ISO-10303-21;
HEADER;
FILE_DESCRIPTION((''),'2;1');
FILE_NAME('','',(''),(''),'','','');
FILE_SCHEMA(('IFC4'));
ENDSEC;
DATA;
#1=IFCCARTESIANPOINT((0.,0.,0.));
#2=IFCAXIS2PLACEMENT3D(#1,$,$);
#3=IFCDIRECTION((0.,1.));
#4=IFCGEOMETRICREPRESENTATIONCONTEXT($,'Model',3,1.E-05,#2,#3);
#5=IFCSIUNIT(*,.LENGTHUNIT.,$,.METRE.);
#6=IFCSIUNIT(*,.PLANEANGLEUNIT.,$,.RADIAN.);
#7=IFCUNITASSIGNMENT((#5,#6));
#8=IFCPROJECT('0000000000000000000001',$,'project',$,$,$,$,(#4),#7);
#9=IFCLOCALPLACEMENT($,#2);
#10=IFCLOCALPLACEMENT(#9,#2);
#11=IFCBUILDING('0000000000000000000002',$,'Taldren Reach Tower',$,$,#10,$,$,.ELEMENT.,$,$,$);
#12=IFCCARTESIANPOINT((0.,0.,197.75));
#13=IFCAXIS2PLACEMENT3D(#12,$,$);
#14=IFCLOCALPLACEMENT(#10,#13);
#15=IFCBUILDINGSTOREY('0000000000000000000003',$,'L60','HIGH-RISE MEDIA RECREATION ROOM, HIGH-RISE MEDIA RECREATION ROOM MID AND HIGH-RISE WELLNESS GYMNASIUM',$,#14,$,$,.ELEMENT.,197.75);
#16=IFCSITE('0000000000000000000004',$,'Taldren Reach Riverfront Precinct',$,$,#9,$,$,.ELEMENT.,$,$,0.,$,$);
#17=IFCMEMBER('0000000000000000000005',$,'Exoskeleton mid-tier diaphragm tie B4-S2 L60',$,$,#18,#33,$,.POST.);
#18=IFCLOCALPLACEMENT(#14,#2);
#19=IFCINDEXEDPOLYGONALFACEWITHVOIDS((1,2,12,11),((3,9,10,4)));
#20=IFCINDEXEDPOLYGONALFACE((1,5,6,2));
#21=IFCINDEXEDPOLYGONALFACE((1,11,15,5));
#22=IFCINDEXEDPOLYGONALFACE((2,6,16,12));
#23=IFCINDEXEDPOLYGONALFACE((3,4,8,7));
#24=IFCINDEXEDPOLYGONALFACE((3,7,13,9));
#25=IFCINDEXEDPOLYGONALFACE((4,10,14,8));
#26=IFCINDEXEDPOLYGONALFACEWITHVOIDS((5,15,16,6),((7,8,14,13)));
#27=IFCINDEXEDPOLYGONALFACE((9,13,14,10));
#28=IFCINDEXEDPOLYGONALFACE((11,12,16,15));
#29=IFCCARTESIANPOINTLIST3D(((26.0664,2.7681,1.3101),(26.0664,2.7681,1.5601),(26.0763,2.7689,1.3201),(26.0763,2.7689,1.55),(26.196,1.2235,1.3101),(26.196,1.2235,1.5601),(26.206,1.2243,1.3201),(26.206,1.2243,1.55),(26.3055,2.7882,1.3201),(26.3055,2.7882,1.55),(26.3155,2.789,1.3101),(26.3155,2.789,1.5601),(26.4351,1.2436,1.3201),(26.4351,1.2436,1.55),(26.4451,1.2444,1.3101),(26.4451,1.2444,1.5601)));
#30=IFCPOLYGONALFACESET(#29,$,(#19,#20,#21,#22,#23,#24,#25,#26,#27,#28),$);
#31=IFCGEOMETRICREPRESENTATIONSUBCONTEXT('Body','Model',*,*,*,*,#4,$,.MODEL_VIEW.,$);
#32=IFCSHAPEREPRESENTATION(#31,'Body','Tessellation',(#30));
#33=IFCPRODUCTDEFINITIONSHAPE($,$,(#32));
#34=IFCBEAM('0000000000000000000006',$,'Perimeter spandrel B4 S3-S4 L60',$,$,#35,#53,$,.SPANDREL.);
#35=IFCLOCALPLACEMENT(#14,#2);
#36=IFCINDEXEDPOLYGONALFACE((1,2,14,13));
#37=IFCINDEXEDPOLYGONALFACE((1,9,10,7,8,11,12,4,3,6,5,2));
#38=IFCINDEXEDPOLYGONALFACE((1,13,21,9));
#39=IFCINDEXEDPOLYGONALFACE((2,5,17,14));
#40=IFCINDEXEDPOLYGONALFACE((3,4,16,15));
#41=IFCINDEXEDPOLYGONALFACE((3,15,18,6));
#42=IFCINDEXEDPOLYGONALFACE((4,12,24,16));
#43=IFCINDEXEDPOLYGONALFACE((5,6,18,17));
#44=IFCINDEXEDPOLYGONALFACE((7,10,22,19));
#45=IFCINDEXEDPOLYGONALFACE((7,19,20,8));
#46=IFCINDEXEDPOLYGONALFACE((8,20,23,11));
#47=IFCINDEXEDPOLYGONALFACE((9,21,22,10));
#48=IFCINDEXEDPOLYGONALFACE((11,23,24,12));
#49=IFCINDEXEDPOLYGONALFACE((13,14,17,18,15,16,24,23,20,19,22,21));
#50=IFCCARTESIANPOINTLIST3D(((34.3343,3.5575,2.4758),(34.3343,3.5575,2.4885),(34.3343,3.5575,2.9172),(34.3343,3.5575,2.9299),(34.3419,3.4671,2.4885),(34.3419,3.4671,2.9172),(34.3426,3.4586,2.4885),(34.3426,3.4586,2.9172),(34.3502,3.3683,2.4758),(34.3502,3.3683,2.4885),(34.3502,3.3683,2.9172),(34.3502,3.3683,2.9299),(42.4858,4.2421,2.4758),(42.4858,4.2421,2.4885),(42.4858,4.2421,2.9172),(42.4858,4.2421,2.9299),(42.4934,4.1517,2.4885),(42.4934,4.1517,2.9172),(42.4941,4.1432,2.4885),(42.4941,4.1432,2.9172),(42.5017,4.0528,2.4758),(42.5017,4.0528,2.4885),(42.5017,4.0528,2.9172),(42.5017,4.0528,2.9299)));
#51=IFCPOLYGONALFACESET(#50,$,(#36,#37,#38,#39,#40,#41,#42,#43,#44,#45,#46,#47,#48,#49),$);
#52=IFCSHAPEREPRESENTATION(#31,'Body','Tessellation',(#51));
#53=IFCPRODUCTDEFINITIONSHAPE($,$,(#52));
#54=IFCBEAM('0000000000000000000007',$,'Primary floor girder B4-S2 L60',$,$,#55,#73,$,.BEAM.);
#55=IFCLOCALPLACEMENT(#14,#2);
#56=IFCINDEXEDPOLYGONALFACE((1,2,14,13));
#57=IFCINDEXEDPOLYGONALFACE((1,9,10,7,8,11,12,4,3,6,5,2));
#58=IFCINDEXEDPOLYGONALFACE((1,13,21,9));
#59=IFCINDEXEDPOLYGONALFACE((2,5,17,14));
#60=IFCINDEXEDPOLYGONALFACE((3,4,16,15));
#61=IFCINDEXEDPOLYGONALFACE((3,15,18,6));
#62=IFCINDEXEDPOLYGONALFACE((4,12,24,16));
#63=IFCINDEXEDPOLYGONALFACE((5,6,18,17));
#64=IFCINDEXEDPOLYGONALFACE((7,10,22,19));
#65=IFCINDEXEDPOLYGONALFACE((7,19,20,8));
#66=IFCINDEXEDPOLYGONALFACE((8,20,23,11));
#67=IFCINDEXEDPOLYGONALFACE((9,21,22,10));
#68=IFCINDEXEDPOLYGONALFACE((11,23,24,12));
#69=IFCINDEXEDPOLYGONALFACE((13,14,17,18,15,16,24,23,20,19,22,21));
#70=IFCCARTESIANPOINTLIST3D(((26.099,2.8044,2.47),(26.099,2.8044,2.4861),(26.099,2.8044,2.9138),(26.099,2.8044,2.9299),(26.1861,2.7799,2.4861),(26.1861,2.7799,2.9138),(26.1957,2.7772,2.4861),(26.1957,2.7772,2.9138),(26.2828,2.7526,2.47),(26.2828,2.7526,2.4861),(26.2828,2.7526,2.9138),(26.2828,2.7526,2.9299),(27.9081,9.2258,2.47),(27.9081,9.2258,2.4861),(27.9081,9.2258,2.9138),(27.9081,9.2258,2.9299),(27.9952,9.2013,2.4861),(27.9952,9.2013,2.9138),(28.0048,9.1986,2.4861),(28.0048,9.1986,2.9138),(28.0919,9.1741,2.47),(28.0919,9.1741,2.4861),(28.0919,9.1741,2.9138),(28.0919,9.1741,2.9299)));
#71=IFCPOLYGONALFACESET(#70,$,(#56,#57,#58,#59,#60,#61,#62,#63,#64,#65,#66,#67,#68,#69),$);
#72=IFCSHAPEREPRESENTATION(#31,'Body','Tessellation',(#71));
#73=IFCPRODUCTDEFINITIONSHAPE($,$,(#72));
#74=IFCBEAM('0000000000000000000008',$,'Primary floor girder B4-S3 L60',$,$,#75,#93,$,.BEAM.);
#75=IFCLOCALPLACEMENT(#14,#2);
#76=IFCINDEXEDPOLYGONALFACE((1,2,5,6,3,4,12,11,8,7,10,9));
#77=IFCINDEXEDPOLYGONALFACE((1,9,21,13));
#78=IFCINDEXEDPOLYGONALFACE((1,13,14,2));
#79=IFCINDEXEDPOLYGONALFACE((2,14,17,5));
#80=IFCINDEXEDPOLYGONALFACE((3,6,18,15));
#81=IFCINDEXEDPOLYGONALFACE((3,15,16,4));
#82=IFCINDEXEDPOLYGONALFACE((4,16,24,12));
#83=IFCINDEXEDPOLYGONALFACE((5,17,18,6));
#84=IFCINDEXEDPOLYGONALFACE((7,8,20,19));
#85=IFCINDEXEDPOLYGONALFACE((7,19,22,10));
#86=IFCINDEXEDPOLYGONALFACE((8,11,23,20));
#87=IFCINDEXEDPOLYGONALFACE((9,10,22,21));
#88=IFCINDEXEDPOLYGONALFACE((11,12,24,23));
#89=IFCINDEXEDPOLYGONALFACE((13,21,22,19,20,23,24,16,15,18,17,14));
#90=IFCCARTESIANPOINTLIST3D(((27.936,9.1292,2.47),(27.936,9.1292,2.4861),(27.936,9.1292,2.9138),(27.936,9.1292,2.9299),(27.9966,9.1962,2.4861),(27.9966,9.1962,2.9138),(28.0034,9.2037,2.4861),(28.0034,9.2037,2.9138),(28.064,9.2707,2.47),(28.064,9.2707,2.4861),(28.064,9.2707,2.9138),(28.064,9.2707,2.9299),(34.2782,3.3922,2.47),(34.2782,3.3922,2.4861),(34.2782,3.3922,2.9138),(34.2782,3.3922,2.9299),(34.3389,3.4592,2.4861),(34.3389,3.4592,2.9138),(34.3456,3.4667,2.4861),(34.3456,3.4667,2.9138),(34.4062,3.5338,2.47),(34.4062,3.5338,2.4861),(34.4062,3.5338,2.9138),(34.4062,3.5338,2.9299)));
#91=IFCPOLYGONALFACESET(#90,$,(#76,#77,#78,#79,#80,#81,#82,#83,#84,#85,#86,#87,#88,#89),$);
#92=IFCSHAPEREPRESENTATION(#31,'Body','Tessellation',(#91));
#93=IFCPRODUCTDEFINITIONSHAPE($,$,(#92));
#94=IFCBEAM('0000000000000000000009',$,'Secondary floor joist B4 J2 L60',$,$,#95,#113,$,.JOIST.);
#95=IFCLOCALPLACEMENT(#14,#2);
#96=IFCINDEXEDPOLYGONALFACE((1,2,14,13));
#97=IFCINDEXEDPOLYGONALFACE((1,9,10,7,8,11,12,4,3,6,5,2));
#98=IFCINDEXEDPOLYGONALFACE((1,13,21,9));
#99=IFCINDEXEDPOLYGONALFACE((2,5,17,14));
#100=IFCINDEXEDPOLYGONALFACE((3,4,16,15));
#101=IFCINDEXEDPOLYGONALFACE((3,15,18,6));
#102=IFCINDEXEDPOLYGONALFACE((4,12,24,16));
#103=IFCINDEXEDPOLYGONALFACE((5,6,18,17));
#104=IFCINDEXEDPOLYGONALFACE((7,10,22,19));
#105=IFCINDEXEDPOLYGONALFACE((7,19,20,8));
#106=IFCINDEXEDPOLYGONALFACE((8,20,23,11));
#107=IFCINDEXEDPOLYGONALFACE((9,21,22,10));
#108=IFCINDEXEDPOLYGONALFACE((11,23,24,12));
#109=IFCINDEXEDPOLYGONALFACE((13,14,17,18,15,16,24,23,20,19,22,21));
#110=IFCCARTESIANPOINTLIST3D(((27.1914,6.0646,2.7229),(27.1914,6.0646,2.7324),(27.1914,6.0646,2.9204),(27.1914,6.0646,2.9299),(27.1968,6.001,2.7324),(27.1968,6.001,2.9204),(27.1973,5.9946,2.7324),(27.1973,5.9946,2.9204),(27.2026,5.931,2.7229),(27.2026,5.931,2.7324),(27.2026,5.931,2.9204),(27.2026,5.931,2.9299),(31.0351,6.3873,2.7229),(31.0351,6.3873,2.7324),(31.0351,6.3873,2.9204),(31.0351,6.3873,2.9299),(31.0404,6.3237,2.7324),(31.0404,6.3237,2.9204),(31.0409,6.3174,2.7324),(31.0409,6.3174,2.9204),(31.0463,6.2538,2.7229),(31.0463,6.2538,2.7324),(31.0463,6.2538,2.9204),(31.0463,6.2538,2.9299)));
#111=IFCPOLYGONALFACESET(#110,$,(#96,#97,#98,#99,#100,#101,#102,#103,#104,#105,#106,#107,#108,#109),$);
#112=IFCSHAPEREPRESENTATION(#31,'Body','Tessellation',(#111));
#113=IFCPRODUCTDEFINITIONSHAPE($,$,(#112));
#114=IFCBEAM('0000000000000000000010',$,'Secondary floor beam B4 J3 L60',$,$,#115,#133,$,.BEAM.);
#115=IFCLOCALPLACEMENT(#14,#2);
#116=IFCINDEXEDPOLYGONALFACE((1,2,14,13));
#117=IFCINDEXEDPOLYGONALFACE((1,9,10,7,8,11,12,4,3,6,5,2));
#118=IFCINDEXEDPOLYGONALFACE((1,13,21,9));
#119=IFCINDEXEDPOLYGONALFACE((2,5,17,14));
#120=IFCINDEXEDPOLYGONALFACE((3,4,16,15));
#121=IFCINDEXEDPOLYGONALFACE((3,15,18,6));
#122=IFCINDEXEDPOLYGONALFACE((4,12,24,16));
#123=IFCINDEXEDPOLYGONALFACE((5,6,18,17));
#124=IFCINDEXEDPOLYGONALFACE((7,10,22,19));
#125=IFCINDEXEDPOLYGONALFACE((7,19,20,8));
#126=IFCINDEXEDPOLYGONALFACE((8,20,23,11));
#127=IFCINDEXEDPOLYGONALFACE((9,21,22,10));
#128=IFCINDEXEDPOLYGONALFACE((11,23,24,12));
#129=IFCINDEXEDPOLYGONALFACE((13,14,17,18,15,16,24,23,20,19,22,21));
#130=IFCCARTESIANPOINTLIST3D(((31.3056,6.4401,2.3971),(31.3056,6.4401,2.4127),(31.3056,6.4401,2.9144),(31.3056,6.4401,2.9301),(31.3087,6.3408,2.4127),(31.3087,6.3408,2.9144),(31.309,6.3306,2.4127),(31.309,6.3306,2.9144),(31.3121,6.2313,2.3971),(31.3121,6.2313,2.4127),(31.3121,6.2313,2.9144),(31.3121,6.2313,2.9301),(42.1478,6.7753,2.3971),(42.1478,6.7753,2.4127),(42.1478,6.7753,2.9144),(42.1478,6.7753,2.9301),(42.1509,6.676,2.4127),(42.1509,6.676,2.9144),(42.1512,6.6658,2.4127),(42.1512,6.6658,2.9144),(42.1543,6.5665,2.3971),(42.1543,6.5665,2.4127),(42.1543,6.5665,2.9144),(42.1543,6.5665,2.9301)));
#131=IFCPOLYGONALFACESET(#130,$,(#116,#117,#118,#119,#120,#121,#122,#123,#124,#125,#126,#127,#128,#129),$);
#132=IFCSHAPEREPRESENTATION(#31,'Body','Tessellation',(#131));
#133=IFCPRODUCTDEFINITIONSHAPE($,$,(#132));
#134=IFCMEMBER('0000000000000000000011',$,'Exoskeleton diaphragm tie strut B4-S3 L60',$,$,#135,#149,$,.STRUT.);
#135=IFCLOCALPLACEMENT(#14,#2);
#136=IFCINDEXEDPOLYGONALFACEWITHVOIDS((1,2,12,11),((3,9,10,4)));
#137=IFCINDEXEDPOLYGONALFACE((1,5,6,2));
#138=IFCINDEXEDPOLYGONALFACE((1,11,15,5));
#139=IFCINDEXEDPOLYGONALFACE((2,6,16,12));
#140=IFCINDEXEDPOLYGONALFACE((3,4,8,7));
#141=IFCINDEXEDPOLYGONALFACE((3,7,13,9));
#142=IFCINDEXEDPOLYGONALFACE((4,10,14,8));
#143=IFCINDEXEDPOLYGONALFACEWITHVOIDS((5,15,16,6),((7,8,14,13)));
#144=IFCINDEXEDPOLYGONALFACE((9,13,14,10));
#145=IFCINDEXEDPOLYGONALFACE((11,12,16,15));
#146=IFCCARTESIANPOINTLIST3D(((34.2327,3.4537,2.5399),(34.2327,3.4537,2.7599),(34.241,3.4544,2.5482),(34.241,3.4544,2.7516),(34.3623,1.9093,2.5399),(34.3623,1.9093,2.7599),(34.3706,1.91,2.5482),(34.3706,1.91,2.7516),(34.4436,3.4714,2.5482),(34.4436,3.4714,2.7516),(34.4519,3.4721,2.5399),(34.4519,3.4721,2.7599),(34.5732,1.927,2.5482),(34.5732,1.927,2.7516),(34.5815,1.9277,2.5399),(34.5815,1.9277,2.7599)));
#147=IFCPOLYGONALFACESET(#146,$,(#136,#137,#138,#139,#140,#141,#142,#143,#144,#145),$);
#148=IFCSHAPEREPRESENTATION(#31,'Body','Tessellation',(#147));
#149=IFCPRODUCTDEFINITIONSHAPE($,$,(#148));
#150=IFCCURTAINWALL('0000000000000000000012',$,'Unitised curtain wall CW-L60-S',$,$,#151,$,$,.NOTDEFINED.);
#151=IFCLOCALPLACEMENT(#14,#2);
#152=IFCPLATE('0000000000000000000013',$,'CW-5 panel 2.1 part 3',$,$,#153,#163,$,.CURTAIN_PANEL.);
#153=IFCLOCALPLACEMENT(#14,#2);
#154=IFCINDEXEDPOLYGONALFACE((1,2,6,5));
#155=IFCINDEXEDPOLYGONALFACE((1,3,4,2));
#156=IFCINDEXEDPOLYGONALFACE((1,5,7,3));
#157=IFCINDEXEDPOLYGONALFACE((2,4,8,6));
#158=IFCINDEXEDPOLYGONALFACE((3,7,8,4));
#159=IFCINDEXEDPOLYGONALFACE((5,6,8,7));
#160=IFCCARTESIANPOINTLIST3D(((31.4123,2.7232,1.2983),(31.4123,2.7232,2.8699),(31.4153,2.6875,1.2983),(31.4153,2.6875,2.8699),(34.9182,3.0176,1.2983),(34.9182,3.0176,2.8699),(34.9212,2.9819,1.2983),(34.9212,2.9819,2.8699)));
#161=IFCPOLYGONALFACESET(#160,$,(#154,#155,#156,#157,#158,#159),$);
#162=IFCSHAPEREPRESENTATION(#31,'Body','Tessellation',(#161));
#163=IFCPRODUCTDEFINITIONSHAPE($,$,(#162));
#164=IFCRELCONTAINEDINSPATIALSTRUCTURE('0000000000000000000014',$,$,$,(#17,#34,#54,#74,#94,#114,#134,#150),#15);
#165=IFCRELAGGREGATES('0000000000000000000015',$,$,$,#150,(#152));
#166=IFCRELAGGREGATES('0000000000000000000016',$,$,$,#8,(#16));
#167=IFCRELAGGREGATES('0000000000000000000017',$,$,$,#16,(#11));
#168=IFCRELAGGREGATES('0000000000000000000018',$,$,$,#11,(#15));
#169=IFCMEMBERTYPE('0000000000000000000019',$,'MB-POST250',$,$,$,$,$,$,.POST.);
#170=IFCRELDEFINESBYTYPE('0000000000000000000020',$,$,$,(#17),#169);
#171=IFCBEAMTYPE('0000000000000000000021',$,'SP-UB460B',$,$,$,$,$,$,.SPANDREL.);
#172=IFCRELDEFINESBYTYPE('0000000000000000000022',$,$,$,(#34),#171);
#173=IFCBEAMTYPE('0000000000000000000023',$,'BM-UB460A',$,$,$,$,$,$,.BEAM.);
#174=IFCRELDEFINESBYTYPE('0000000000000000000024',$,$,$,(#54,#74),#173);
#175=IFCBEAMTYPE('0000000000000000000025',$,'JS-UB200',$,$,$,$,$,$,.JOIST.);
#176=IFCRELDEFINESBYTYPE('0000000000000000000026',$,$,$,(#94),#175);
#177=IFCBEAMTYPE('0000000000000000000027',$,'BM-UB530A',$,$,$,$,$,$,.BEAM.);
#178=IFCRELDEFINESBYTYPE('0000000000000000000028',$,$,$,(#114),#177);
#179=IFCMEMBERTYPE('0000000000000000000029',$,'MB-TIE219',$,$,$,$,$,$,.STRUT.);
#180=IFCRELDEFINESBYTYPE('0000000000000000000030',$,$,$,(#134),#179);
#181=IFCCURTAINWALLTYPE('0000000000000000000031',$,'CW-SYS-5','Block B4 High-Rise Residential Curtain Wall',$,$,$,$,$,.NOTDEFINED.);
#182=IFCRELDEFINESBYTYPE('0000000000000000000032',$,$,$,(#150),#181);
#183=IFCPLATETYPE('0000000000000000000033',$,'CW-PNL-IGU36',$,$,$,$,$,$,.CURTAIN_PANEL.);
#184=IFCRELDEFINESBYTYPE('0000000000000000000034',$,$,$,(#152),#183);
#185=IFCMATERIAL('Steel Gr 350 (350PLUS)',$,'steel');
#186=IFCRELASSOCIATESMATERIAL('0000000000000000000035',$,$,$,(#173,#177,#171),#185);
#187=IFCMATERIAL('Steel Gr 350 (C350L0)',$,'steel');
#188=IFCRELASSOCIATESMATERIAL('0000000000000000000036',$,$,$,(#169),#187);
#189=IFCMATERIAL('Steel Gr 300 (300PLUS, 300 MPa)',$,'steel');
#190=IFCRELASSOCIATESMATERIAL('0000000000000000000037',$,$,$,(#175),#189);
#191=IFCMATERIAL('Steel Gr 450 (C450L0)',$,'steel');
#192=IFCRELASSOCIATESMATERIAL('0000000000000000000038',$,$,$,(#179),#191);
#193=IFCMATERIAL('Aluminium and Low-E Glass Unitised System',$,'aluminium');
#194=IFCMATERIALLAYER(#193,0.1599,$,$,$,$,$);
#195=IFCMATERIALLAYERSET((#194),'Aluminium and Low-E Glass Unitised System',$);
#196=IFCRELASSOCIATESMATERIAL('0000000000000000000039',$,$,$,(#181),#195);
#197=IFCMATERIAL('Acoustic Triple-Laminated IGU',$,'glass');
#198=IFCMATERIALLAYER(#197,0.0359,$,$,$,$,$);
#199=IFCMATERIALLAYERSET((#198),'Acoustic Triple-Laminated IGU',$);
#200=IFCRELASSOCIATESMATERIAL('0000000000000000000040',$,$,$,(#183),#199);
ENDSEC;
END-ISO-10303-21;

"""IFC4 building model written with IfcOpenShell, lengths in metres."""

from ifc_helpers import new_model, si_unit, direction, frame, origin, origin_2d, place, context, subcontext, project, spatial, rectangle, hollow_rectangle, i_section, extrude, source, transform, mapped, material, layer, layer_set, material_profile, profile_set, type_object, element, aggregate, save


model = new_model("IFC4")

# Units and contexts
model_context = context("Model", 3, precision=1e-05, world=origin(), true_north=direction((0.0, 1.0)))
body_context = subcontext(model_context, "Body", "Model", "MODEL_VIEW")
ifc_project = project(units=[si_unit("LENGTHUNIT", "METRE"), si_unit("PLANEANGLEUNIT", "RADIAN")], contexts=[model_context])

# Site, building, storey
site_placement = place(None, origin())
site = spatial("IfcSite", under=ifc_project, at=site_placement, Name="Taldren Reach Riverfront Precinct", CompositionType="ELEMENT", RefElevation=0.0)
building_placement = place(site_placement, origin())
building = spatial("IfcBuilding", under=site, at=building_placement, Name="Taldren Reach Tower", CompositionType="ELEMENT")
storey_placement = place(building_placement, frame((0.0, 0.0, 197.75)))
storey = spatial("IfcBuildingStorey", under=building, at=storey_placement, Name="L60", Description="HIGH-RISE MEDIA RECREATION ROOM, HIGH-RISE MEDIA RECREATION ROOM MID AND HIGH-RISE WELLNESS GYMNASIUM", CompositionType="ELEMENT", Elevation=197.75)

# Shared definitions
ifc_material_1 = material(Name="Steel Gr 350 (350PLUS)", Category="steel")
ifc_material_2 = material(Name="Steel Gr 450 (C450L0)", Category="steel")

# Shared definitions
ifc_material_profile_1 = material_profile(ifc_material_1, i_section(OverallWidth=0.1909, OverallDepth=0.46, WebThickness=0.01, FlangeThickness=0.0161, at=origin_2d()), Name="460UB82.1")
ifc_profile_set_1 = profile_set([ifc_material_profile_1], Name="Steel Gr 350 (350PLUS)")
beam_type_1 = type_object("IfcBeamType", Name="BM-UB460A", PredefinedType="BEAM", material=ifc_profile_set_1)
ifc_material_profile_2 = material_profile(ifc_material_1, i_section(OverallWidth=0.209, OverallDepth=0.533, WebThickness=0.0103, FlangeThickness=0.0156, at=origin_2d()), Name="530UB92.4")
ifc_profile_set_2 = profile_set([ifc_material_profile_2], Name="Steel Gr 350 (350PLUS)")
beam_type_2 = type_object("IfcBeamType", Name="BM-UB530A", PredefinedType="BEAM", material=ifc_profile_set_2)

# Member
ifc_material_3 = material(Name="Steel Gr 350 (C350L0)", Category="steel")
ifc_material_profile_3 = material_profile(ifc_material_3, hollow_rectangle(XDim=0.25, YDim=0.25, WallThickness=0.01, at=origin_2d()), Name="250x250x10.0SHS")
ifc_profile_set_3 = profile_set([ifc_material_profile_3], Name="Steel Gr 350 (C350L0)")
member_type_1 = type_object("IfcMemberType", Name="MB-POST250", PredefinedType="POST", material=ifc_profile_set_3)
shared_shape_1 = source(origin(), body_context, "Body", "SweptSolid", [
    extrude(hollow_rectangle(XDim=0.25, YDim=0.25, WallThickness=0.01, at=origin_2d()), origin(), (0.0, 0.0, 1.0), 1.55),
])
member_1_placement = place(storey_placement, frame((26.1909, 2.7786, 1.4351), z_axis=(0.083632, -0.996497, 0.0), x_axis=(0.996497, 0.083632, 0.0)))
element("IfcMember", 1, at=member_1_placement, inside=storey, type_object=member_type_1, Name="Exoskeleton mid-tier diaphragm tie B4-S2 L60", PredefinedType="POST", context=body_context, shape_type="MappedRepresentation", body=[
    mapped(shared_shape_1, transform((0.0, 0.0, 0.0), scale=1.0)),
])

# Beams
ifc_material_profile_4 = material_profile(ifc_material_1, i_section(OverallWidth=0.1899, OverallDepth=0.4541, WebThickness=0.0085, FlangeThickness=0.0127, at=origin_2d()), Name="460UB67.1")
ifc_profile_set_4 = profile_set([ifc_material_profile_4], Name="Steel Gr 350 (350PLUS)")
beam_type_3 = type_object("IfcBeamType", Name="SP-UB460B", PredefinedType="SPANDREL", material=ifc_profile_set_4)
shared_shape_2 = source(origin(), body_context, "Body", "SweptSolid", [
    extrude(i_section(OverallWidth=0.1899, OverallDepth=0.4541, WebThickness=0.0085, FlangeThickness=0.0127, at=origin_2d()), origin(), (0.0, 0.0, 1.0), 8.1802),
])
beam_1_placement = place(storey_placement, frame((34.3423, 3.4629, 2.7029), z_axis=(0.996492, 0.083688, 0.0), x_axis=(-0.083688, 0.996492, 0.0)))
element("IfcBeam", 2, at=beam_1_placement, inside=storey, type_object=beam_type_3, Name="Perimeter spandrel B4 S3-S4 L60", PredefinedType="SPANDREL", context=body_context, shape_type="MappedRepresentation", body=[
    mapped(shared_shape_2, transform((0.0, 0.0, 0.0), scale=1.0)),
])
shared_shape_3 = source(origin(), body_context, "Body", "SweptSolid", [
    extrude(i_section(OverallWidth=0.1909, OverallDepth=0.46, WebThickness=0.01, FlangeThickness=0.0161, at=origin_2d()), origin(), (0.0, 0.0, 1.0), 6.6714),
])
beam_2_placement = place(storey_placement, frame((28.0, 9.2, 2.7), z_axis=(-0.271172, -0.962531, 0.0), x_axis=(0.962531, -0.271172, 0.0)))
element("IfcBeam", 3, at=beam_2_placement, inside=storey, type_object=beam_type_1, Name="Primary floor girder B4-S2 L60", PredefinedType="BEAM", context=body_context, shape_type="MappedRepresentation", body=[
    mapped(shared_shape_3, transform((0.0, 0.0, 0.0), scale=1.0)),
])
shared_shape_4 = source(origin(), body_context, "Body", "SweptSolid", [
    extrude(i_section(OverallWidth=0.1909, OverallDepth=0.46, WebThickness=0.01, FlangeThickness=0.0161, at=origin_2d()), origin(), (0.0, 0.0, 1.0), 8.552),
])
beam_3_placement = place(storey_placement, frame((28.0, 9.2, 2.7), z_axis=(0.741605, -0.670836, 0.0), x_axis=(0.670836, 0.741605, 0.0)))
element("IfcBeam", 4, at=beam_3_placement, inside=storey, type_object=beam_type_1, Name="Primary floor girder B4-S3 L60", PredefinedType="BEAM", context=body_context, shape_type="MappedRepresentation", body=[
    mapped(shared_shape_4, transform((0.0, 0.0, 0.0), scale=1.0)),
])
ifc_material_4 = material(Name="Steel Gr 300 (300PLUS, 300 MPa)", Category="steel")
ifc_material_profile_5 = material_profile(ifc_material_4, i_section(OverallWidth=0.134, OverallDepth=0.207, WebThickness=0.0063, FlangeThickness=0.0095, at=origin_2d()), Name="200UB29.8")
ifc_profile_set_5 = profile_set([ifc_material_profile_5], Name="Steel Gr 300 (300PLUS, 300 MPa)")
beam_type_4 = type_object("IfcBeamType", Name="JS-UB200", PredefinedType="JOIST", material=ifc_profile_set_5)
shared_shape_5 = source(origin(), body_context, "Body", "SweptSolid", [
    extrude(i_section(OverallWidth=0.134, OverallDepth=0.207, WebThickness=0.0063, FlangeThickness=0.0095, at=origin_2d()), origin(), (0.0, 0.0, 1.0), 3.8572),
])
beam_4_placement = place(storey_placement, frame((27.197, 5.9978, 2.8264), z_axis=(0.996493, 0.083674, 0.0), x_axis=(-0.083674, 0.996493, 0.0)))
element("IfcBeam", 5, at=beam_4_placement, inside=storey, type_object=beam_type_4, Name="Secondary floor joist B4 J2 L60", PredefinedType="JOIST", context=body_context, shape_type="MappedRepresentation", body=[
    mapped(shared_shape_5, transform((0.0, 0.0, 0.0), scale=1.0)),
])
shared_shape_6 = source(origin(), body_context, "Body", "SweptSolid", [
    extrude(i_section(OverallWidth=0.209, OverallDepth=0.533, WebThickness=0.0103, FlangeThickness=0.0156, at=origin_2d()), origin(), (0.0, 0.0, 1.0), 10.8474),
])
beam_5_placement = place(storey_placement, frame((31.3088, 6.3357, 2.6636), z_axis=(0.999522, 0.030902, 0.0), x_axis=(-0.030902, 0.999522, 0.0)))
element("IfcBeam", 6, at=beam_5_placement, inside=storey, type_object=beam_type_2, Name="Secondary floor beam B4 J3 L60", PredefinedType="BEAM", context=body_context, shape_type="MappedRepresentation", body=[
    mapped(shared_shape_6, transform((0.0, 0.0, 0.0), scale=1.0)),
])

# Member
ifc_material_profile_6 = material_profile(ifc_material_2, hollow_rectangle(XDim=0.22, YDim=0.22, WallThickness=0.0083, at=origin_2d()), Name="220x220x8.2SHS")
ifc_profile_set_6 = profile_set([ifc_material_profile_6], Name="Steel Gr 450 (C450L0)")
member_type_2 = type_object("IfcMemberType", Name="MB-TIE219", PredefinedType="STRUT", material=ifc_profile_set_6)
shared_shape_7 = source(origin(), body_context, "Body", "SweptSolid", [
    extrude(hollow_rectangle(XDim=0.22, YDim=0.22, WallThickness=0.0083, at=origin_2d()), origin(), (0.0, 0.0, 1.0), 1.5498),
])
member_2_placement = place(storey_placement, frame((34.3423, 3.4629, 2.6499), z_axis=(0.083645, -0.996496, 0.0), x_axis=(0.996496, 0.083645, 0.0)))
element("IfcMember", 7, at=member_2_placement, inside=storey, type_object=member_type_2, Name="Exoskeleton diaphragm tie strut B4-S3 L60", PredefinedType="STRUT", context=body_context, shape_type="MappedRepresentation", body=[
    mapped(shared_shape_7, transform((0.0, 0.0, 0.0), scale=1.0)),
])

# Curtain wall, plate
ifc_material_5 = material(Name="Aluminium and Low-E Glass Unitised System", Category="aluminium")
ifc_layer_1 = layer(ifc_material_5, 0.1599)
ifc_layer_set_1 = layer_set([ifc_layer_1], Name="Aluminium and Low-E Glass Unitised System")
curtain_wall_type = type_object("IfcCurtainWallType", Name="CW-SYS-5", Description="Block B4 High-Rise Residential Curtain Wall", PredefinedType="NOTDEFINED", material=ifc_layer_set_1)
curtain_wall_placement = place(storey_placement, origin())
curtain_wall = element("IfcCurtainWall", 8, at=curtain_wall_placement, inside=storey, type_object=curtain_wall_type, Name="Unitised curtain wall CW-L60-S", PredefinedType="NOTDEFINED")
ifc_material_6 = material(Name="Acoustic Triple-Laminated IGU", Category="glass")
ifc_layer_2 = layer(ifc_material_6, 0.0359)
ifc_layer_set_2 = layer_set([ifc_layer_2], Name="Acoustic Triple-Laminated IGU")
plate_type = type_object("IfcPlateType", Name="CW-PNL-IGU36", PredefinedType="CURTAIN_PANEL", material=ifc_layer_set_2)
shared_shape_8 = source(origin(), body_context, "Body", "SweptSolid", [
    extrude(rectangle(XDim=3.5183, YDim=0.0359, at=origin_2d()), origin(), (0.0, 0.0, 1.0), 1.5715),
])
plate_placement = place(storey_placement, frame((33.1667, 2.8525, 1.2983), z_axis=(0.0, 0.0, 1.0), x_axis=(0.996493, 0.083678, 0.0)))
plate = element("IfcPlate", 9, at=plate_placement, type_object=plate_type, Name="CW-5 panel 2.1 part 3", PredefinedType="CURTAIN_PANEL", context=body_context, shape_type="MappedRepresentation", body=[
    mapped(shared_shape_8, transform((0.0, 0.0, 0.0), scale=1.0)),
])
aggregate(curtain_wall, [plate])

save(model, "model.ifc")
